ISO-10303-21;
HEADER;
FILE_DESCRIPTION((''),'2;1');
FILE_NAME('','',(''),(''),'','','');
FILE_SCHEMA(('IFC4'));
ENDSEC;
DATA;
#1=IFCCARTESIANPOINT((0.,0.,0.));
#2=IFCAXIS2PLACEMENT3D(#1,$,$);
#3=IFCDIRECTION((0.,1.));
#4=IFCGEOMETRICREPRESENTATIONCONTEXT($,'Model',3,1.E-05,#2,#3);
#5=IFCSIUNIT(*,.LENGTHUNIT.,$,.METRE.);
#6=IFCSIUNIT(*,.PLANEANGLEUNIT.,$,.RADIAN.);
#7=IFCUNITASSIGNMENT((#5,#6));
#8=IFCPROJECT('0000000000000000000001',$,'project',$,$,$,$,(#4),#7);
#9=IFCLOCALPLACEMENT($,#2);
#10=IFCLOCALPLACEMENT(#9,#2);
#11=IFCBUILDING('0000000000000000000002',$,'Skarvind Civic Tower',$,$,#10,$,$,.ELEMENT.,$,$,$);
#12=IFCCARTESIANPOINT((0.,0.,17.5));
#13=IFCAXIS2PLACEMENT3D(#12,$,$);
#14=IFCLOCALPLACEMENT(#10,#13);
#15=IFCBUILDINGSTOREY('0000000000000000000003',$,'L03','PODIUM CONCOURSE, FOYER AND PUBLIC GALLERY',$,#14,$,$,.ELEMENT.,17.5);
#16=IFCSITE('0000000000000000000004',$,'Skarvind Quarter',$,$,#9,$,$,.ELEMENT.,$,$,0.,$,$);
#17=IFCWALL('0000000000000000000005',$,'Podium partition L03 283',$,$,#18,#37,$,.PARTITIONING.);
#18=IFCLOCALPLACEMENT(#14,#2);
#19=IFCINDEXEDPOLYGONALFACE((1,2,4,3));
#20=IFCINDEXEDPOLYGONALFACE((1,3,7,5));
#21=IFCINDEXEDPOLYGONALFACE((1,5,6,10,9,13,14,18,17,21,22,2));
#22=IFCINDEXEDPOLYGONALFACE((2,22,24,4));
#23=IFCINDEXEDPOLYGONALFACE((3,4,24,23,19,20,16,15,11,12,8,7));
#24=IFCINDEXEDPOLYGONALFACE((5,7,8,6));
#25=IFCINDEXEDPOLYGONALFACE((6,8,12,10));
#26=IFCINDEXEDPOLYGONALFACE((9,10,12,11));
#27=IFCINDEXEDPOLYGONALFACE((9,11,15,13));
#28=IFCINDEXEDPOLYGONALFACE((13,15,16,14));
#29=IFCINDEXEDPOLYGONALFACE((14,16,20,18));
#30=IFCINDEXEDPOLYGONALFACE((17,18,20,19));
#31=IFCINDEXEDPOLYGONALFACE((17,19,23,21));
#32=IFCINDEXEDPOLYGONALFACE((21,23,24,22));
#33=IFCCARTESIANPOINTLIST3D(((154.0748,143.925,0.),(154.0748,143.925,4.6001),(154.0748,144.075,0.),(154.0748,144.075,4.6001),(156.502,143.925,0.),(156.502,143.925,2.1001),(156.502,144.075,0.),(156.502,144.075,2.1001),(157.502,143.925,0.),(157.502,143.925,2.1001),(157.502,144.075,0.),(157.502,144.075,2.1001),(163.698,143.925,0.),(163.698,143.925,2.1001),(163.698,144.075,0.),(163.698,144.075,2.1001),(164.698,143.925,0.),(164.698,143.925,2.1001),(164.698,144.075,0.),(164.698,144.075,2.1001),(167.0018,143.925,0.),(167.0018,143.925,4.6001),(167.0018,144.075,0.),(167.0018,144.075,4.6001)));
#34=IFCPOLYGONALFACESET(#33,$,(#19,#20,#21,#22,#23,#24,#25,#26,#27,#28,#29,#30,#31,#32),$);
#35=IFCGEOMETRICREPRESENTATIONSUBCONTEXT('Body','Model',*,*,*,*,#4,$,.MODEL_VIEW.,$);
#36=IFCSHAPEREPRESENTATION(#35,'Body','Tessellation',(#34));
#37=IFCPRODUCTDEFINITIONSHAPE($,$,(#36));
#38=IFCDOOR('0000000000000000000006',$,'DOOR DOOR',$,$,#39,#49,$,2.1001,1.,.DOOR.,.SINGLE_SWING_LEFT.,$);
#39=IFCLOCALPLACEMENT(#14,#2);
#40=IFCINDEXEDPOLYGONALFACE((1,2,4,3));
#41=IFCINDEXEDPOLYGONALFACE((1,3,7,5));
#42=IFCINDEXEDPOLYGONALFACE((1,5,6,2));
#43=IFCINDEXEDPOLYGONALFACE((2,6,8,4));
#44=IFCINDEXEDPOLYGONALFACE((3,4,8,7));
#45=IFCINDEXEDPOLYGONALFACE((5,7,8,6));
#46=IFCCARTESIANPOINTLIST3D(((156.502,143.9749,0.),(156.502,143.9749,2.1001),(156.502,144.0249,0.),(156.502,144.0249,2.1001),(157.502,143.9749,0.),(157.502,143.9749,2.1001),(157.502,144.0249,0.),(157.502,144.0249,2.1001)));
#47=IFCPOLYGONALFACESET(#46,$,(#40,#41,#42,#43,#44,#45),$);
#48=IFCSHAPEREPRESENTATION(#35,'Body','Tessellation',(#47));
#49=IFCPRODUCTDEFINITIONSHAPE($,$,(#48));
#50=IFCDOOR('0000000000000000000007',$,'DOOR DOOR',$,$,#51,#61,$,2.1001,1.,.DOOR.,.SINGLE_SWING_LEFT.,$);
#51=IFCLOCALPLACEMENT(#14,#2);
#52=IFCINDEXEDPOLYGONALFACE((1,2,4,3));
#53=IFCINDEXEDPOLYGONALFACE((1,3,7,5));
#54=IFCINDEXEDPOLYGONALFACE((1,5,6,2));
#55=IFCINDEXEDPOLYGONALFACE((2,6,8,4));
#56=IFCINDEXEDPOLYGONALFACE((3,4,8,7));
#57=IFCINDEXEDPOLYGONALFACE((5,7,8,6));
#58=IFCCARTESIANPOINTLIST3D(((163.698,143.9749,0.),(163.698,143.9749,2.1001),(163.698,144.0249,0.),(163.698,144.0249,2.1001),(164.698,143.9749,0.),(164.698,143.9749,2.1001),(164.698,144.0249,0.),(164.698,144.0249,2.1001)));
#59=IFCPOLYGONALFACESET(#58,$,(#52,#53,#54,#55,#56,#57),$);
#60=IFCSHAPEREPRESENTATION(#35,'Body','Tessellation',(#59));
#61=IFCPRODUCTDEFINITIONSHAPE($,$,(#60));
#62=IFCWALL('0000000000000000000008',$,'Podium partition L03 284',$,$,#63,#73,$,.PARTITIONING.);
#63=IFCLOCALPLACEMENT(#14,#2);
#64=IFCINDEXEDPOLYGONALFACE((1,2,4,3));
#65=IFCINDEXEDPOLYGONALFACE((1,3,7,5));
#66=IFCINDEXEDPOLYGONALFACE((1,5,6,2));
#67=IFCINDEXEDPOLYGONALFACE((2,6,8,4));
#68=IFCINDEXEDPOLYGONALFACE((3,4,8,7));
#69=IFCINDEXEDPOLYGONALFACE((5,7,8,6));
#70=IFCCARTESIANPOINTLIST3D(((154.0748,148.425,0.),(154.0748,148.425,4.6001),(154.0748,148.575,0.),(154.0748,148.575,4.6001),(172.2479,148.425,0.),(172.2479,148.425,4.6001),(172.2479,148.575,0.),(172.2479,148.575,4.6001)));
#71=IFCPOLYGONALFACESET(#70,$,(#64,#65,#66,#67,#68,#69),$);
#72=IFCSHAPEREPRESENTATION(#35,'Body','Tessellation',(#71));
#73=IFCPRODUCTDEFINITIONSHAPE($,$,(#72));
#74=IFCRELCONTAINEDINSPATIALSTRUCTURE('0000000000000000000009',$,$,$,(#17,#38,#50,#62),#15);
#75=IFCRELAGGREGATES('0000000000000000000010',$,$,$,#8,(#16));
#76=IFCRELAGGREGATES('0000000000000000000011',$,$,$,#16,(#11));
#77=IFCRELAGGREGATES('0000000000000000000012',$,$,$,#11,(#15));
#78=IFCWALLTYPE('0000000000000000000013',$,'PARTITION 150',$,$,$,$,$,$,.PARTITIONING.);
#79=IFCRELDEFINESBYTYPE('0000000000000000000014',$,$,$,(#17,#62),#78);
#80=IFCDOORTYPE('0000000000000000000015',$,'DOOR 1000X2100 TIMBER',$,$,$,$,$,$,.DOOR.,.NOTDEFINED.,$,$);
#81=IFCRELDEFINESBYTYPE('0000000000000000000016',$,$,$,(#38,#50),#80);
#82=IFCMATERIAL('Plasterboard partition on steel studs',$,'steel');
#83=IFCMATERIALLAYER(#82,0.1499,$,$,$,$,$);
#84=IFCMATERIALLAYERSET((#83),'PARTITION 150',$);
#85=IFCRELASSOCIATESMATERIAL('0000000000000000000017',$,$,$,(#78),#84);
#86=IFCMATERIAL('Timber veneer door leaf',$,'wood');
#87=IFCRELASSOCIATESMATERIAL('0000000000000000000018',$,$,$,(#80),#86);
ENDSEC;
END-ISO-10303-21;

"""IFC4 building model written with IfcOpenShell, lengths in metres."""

from ifc_helpers import new_model, si_unit, direction, frame, frame_2d, origin, place, context, subcontext, project, spatial, rectangle, extrude, material, layer, layer_set, type_object, element, fill, save


model = new_model("IFC4")

# Units and contexts
model_context = context("Model", 3, precision=1e-05, world=origin(), true_north=direction((0.0, 1.0)))
body_context = subcontext(model_context, "Body", "Model", "MODEL_VIEW")
ifc_project = project(units=[si_unit("LENGTHUNIT", "METRE"), si_unit("PLANEANGLEUNIT", "RADIAN")], contexts=[model_context])

# Site, building, storey
site_placement = place(None, origin())
site = spatial("IfcSite", under=ifc_project, at=site_placement, Name="Skarvind Quarter", CompositionType="ELEMENT", RefElevation=0.0)
building_placement = place(site_placement, origin())
building = spatial("IfcBuilding", under=site, at=building_placement, Name="Skarvind Civic Tower", CompositionType="ELEMENT")
storey_placement = place(building_placement, frame((0.0, 0.0, 17.5)))
storey = spatial("IfcBuildingStorey", under=building, at=storey_placement, Name="L03", Description="PODIUM CONCOURSE, FOYER AND PUBLIC GALLERY", CompositionType="ELEMENT", Elevation=17.5)

# Shared definitions
ifc_material_1 = material(Name="Plasterboard partition on steel studs", Category="steel")
ifc_layer_1 = layer(ifc_material_1, 0.1499)
ifc_layer_set_1 = layer_set([ifc_layer_1], Name="PARTITION 150")
wall_type_1 = type_object("IfcWallType", Name="PARTITION 150", PredefinedType="PARTITIONING", material=ifc_layer_set_1)

# Shared definitions
ifc_material_2 = material(Name="Timber veneer door leaf", Category="wood")

# Wall, openings, doors
wall_1_placement = place(storey_placement, frame((154.075, 144.0, 0.0), z_axis=(0.0, 0.0, 1.0), x_axis=(1.0, 0.0, 0.0)))
wall_1 = element("IfcWall", 1, at=wall_1_placement, inside=storey, type_object=wall_type_1, Name="Podium partition L03 283", PredefinedType="PARTITIONING", context=body_context, shape_type="SweptSolid", body=[
    extrude(rectangle(XDim=12.927, YDim=0.1499, at=frame_2d((6.4634, 0.0))), origin(), (0.0, 0.0, 1.0), 4.6001),
])
opening_1_placement = place(wall_1_placement, frame((2.427, 0.0, 0.0)))
opening_1 = element("IfcOpeningElement", 2, at=opening_1_placement, cuts=wall_1, PredefinedType="OPENING", context=body_context, shape_type="SweptSolid", body=[
    extrude(rectangle(XDim=1.0, YDim=2.1001, at=frame_2d((0.5, 1.05))), frame((0.0, 0.085, 0.0), z_axis=(0.0, -1.0, 0.0), x_axis=(1.0, 0.0, 0.0)), (0.0, 0.0, 1.0), 0.1699),
])
opening_2_placement = place(wall_1_placement, frame((9.623, 0.0, 0.0)))
opening_2 = element("IfcOpeningElement", 3, at=opening_2_placement, cuts=wall_1, PredefinedType="OPENING", context=body_context, shape_type="SweptSolid", body=[
    extrude(rectangle(XDim=1.0, YDim=2.1001, at=frame_2d((0.5, 1.05))), frame((0.0, 0.085, 0.0), z_axis=(0.0, -1.0, 0.0), x_axis=(1.0, 0.0, 0.0)), (0.0, 0.0, 1.0), 0.1699),
])
door_type_1 = type_object("IfcDoorType", Name="DOOR 1000X2100 TIMBER", OperationType="NOTDEFINED", PredefinedType="DOOR", material=ifc_material_2)
door_1_placement = place(opening_1_placement, origin())
door_1 = element("IfcDoor", 4, at=door_1_placement, inside=storey, type_object=door_type_1, Name="DOOR DOOR", OperationType="SINGLE_SWING_LEFT", OverallHeight=2.1001, OverallWidth=1.0, PredefinedType="DOOR", context=body_context, shape_type="SweptSolid", body=[
    extrude(rectangle(XDim=1.0, YDim=2.1001, at=frame_2d((0.5, 1.05))), frame((0.0, 0.0249, 0.0), z_axis=(0.0, -1.0, 0.0), x_axis=(1.0, 0.0, 0.0)), (0.0, 0.0, 1.0), 0.05),
])
fill(opening_1, door_1)
door_2_placement = place(opening_2_placement, origin())
door_2 = element("IfcDoor", 5, at=door_2_placement, inside=storey, type_object=door_type_1, Name="DOOR DOOR", OperationType="SINGLE_SWING_LEFT", OverallHeight=2.1001, OverallWidth=1.0, PredefinedType="DOOR", context=body_context, shape_type="SweptSolid", body=[
    extrude(rectangle(XDim=1.0, YDim=2.1001, at=frame_2d((0.5, 1.05))), frame((0.0, 0.0249, 0.0), z_axis=(0.0, -1.0, 0.0), x_axis=(1.0, 0.0, 0.0)), (0.0, 0.0, 1.0), 0.05),
])
fill(opening_2, door_2)

# Wall
wall_2_placement = place(storey_placement, frame((154.075, 148.5, 0.0), z_axis=(0.0, 0.0, 1.0), x_axis=(1.0, 0.0, 0.0)))
element("IfcWall", 6, at=wall_2_placement, inside=storey, type_object=wall_type_1, Name="Podium partition L03 284", PredefinedType="PARTITIONING", context=body_context, shape_type="SweptSolid", body=[
    extrude(rectangle(XDim=18.1731, YDim=0.1499, at=frame_2d((9.0864, 0.0))), origin(), (0.0, 0.0, 1.0), 4.6001),
])

save(model, "model.ifc")
